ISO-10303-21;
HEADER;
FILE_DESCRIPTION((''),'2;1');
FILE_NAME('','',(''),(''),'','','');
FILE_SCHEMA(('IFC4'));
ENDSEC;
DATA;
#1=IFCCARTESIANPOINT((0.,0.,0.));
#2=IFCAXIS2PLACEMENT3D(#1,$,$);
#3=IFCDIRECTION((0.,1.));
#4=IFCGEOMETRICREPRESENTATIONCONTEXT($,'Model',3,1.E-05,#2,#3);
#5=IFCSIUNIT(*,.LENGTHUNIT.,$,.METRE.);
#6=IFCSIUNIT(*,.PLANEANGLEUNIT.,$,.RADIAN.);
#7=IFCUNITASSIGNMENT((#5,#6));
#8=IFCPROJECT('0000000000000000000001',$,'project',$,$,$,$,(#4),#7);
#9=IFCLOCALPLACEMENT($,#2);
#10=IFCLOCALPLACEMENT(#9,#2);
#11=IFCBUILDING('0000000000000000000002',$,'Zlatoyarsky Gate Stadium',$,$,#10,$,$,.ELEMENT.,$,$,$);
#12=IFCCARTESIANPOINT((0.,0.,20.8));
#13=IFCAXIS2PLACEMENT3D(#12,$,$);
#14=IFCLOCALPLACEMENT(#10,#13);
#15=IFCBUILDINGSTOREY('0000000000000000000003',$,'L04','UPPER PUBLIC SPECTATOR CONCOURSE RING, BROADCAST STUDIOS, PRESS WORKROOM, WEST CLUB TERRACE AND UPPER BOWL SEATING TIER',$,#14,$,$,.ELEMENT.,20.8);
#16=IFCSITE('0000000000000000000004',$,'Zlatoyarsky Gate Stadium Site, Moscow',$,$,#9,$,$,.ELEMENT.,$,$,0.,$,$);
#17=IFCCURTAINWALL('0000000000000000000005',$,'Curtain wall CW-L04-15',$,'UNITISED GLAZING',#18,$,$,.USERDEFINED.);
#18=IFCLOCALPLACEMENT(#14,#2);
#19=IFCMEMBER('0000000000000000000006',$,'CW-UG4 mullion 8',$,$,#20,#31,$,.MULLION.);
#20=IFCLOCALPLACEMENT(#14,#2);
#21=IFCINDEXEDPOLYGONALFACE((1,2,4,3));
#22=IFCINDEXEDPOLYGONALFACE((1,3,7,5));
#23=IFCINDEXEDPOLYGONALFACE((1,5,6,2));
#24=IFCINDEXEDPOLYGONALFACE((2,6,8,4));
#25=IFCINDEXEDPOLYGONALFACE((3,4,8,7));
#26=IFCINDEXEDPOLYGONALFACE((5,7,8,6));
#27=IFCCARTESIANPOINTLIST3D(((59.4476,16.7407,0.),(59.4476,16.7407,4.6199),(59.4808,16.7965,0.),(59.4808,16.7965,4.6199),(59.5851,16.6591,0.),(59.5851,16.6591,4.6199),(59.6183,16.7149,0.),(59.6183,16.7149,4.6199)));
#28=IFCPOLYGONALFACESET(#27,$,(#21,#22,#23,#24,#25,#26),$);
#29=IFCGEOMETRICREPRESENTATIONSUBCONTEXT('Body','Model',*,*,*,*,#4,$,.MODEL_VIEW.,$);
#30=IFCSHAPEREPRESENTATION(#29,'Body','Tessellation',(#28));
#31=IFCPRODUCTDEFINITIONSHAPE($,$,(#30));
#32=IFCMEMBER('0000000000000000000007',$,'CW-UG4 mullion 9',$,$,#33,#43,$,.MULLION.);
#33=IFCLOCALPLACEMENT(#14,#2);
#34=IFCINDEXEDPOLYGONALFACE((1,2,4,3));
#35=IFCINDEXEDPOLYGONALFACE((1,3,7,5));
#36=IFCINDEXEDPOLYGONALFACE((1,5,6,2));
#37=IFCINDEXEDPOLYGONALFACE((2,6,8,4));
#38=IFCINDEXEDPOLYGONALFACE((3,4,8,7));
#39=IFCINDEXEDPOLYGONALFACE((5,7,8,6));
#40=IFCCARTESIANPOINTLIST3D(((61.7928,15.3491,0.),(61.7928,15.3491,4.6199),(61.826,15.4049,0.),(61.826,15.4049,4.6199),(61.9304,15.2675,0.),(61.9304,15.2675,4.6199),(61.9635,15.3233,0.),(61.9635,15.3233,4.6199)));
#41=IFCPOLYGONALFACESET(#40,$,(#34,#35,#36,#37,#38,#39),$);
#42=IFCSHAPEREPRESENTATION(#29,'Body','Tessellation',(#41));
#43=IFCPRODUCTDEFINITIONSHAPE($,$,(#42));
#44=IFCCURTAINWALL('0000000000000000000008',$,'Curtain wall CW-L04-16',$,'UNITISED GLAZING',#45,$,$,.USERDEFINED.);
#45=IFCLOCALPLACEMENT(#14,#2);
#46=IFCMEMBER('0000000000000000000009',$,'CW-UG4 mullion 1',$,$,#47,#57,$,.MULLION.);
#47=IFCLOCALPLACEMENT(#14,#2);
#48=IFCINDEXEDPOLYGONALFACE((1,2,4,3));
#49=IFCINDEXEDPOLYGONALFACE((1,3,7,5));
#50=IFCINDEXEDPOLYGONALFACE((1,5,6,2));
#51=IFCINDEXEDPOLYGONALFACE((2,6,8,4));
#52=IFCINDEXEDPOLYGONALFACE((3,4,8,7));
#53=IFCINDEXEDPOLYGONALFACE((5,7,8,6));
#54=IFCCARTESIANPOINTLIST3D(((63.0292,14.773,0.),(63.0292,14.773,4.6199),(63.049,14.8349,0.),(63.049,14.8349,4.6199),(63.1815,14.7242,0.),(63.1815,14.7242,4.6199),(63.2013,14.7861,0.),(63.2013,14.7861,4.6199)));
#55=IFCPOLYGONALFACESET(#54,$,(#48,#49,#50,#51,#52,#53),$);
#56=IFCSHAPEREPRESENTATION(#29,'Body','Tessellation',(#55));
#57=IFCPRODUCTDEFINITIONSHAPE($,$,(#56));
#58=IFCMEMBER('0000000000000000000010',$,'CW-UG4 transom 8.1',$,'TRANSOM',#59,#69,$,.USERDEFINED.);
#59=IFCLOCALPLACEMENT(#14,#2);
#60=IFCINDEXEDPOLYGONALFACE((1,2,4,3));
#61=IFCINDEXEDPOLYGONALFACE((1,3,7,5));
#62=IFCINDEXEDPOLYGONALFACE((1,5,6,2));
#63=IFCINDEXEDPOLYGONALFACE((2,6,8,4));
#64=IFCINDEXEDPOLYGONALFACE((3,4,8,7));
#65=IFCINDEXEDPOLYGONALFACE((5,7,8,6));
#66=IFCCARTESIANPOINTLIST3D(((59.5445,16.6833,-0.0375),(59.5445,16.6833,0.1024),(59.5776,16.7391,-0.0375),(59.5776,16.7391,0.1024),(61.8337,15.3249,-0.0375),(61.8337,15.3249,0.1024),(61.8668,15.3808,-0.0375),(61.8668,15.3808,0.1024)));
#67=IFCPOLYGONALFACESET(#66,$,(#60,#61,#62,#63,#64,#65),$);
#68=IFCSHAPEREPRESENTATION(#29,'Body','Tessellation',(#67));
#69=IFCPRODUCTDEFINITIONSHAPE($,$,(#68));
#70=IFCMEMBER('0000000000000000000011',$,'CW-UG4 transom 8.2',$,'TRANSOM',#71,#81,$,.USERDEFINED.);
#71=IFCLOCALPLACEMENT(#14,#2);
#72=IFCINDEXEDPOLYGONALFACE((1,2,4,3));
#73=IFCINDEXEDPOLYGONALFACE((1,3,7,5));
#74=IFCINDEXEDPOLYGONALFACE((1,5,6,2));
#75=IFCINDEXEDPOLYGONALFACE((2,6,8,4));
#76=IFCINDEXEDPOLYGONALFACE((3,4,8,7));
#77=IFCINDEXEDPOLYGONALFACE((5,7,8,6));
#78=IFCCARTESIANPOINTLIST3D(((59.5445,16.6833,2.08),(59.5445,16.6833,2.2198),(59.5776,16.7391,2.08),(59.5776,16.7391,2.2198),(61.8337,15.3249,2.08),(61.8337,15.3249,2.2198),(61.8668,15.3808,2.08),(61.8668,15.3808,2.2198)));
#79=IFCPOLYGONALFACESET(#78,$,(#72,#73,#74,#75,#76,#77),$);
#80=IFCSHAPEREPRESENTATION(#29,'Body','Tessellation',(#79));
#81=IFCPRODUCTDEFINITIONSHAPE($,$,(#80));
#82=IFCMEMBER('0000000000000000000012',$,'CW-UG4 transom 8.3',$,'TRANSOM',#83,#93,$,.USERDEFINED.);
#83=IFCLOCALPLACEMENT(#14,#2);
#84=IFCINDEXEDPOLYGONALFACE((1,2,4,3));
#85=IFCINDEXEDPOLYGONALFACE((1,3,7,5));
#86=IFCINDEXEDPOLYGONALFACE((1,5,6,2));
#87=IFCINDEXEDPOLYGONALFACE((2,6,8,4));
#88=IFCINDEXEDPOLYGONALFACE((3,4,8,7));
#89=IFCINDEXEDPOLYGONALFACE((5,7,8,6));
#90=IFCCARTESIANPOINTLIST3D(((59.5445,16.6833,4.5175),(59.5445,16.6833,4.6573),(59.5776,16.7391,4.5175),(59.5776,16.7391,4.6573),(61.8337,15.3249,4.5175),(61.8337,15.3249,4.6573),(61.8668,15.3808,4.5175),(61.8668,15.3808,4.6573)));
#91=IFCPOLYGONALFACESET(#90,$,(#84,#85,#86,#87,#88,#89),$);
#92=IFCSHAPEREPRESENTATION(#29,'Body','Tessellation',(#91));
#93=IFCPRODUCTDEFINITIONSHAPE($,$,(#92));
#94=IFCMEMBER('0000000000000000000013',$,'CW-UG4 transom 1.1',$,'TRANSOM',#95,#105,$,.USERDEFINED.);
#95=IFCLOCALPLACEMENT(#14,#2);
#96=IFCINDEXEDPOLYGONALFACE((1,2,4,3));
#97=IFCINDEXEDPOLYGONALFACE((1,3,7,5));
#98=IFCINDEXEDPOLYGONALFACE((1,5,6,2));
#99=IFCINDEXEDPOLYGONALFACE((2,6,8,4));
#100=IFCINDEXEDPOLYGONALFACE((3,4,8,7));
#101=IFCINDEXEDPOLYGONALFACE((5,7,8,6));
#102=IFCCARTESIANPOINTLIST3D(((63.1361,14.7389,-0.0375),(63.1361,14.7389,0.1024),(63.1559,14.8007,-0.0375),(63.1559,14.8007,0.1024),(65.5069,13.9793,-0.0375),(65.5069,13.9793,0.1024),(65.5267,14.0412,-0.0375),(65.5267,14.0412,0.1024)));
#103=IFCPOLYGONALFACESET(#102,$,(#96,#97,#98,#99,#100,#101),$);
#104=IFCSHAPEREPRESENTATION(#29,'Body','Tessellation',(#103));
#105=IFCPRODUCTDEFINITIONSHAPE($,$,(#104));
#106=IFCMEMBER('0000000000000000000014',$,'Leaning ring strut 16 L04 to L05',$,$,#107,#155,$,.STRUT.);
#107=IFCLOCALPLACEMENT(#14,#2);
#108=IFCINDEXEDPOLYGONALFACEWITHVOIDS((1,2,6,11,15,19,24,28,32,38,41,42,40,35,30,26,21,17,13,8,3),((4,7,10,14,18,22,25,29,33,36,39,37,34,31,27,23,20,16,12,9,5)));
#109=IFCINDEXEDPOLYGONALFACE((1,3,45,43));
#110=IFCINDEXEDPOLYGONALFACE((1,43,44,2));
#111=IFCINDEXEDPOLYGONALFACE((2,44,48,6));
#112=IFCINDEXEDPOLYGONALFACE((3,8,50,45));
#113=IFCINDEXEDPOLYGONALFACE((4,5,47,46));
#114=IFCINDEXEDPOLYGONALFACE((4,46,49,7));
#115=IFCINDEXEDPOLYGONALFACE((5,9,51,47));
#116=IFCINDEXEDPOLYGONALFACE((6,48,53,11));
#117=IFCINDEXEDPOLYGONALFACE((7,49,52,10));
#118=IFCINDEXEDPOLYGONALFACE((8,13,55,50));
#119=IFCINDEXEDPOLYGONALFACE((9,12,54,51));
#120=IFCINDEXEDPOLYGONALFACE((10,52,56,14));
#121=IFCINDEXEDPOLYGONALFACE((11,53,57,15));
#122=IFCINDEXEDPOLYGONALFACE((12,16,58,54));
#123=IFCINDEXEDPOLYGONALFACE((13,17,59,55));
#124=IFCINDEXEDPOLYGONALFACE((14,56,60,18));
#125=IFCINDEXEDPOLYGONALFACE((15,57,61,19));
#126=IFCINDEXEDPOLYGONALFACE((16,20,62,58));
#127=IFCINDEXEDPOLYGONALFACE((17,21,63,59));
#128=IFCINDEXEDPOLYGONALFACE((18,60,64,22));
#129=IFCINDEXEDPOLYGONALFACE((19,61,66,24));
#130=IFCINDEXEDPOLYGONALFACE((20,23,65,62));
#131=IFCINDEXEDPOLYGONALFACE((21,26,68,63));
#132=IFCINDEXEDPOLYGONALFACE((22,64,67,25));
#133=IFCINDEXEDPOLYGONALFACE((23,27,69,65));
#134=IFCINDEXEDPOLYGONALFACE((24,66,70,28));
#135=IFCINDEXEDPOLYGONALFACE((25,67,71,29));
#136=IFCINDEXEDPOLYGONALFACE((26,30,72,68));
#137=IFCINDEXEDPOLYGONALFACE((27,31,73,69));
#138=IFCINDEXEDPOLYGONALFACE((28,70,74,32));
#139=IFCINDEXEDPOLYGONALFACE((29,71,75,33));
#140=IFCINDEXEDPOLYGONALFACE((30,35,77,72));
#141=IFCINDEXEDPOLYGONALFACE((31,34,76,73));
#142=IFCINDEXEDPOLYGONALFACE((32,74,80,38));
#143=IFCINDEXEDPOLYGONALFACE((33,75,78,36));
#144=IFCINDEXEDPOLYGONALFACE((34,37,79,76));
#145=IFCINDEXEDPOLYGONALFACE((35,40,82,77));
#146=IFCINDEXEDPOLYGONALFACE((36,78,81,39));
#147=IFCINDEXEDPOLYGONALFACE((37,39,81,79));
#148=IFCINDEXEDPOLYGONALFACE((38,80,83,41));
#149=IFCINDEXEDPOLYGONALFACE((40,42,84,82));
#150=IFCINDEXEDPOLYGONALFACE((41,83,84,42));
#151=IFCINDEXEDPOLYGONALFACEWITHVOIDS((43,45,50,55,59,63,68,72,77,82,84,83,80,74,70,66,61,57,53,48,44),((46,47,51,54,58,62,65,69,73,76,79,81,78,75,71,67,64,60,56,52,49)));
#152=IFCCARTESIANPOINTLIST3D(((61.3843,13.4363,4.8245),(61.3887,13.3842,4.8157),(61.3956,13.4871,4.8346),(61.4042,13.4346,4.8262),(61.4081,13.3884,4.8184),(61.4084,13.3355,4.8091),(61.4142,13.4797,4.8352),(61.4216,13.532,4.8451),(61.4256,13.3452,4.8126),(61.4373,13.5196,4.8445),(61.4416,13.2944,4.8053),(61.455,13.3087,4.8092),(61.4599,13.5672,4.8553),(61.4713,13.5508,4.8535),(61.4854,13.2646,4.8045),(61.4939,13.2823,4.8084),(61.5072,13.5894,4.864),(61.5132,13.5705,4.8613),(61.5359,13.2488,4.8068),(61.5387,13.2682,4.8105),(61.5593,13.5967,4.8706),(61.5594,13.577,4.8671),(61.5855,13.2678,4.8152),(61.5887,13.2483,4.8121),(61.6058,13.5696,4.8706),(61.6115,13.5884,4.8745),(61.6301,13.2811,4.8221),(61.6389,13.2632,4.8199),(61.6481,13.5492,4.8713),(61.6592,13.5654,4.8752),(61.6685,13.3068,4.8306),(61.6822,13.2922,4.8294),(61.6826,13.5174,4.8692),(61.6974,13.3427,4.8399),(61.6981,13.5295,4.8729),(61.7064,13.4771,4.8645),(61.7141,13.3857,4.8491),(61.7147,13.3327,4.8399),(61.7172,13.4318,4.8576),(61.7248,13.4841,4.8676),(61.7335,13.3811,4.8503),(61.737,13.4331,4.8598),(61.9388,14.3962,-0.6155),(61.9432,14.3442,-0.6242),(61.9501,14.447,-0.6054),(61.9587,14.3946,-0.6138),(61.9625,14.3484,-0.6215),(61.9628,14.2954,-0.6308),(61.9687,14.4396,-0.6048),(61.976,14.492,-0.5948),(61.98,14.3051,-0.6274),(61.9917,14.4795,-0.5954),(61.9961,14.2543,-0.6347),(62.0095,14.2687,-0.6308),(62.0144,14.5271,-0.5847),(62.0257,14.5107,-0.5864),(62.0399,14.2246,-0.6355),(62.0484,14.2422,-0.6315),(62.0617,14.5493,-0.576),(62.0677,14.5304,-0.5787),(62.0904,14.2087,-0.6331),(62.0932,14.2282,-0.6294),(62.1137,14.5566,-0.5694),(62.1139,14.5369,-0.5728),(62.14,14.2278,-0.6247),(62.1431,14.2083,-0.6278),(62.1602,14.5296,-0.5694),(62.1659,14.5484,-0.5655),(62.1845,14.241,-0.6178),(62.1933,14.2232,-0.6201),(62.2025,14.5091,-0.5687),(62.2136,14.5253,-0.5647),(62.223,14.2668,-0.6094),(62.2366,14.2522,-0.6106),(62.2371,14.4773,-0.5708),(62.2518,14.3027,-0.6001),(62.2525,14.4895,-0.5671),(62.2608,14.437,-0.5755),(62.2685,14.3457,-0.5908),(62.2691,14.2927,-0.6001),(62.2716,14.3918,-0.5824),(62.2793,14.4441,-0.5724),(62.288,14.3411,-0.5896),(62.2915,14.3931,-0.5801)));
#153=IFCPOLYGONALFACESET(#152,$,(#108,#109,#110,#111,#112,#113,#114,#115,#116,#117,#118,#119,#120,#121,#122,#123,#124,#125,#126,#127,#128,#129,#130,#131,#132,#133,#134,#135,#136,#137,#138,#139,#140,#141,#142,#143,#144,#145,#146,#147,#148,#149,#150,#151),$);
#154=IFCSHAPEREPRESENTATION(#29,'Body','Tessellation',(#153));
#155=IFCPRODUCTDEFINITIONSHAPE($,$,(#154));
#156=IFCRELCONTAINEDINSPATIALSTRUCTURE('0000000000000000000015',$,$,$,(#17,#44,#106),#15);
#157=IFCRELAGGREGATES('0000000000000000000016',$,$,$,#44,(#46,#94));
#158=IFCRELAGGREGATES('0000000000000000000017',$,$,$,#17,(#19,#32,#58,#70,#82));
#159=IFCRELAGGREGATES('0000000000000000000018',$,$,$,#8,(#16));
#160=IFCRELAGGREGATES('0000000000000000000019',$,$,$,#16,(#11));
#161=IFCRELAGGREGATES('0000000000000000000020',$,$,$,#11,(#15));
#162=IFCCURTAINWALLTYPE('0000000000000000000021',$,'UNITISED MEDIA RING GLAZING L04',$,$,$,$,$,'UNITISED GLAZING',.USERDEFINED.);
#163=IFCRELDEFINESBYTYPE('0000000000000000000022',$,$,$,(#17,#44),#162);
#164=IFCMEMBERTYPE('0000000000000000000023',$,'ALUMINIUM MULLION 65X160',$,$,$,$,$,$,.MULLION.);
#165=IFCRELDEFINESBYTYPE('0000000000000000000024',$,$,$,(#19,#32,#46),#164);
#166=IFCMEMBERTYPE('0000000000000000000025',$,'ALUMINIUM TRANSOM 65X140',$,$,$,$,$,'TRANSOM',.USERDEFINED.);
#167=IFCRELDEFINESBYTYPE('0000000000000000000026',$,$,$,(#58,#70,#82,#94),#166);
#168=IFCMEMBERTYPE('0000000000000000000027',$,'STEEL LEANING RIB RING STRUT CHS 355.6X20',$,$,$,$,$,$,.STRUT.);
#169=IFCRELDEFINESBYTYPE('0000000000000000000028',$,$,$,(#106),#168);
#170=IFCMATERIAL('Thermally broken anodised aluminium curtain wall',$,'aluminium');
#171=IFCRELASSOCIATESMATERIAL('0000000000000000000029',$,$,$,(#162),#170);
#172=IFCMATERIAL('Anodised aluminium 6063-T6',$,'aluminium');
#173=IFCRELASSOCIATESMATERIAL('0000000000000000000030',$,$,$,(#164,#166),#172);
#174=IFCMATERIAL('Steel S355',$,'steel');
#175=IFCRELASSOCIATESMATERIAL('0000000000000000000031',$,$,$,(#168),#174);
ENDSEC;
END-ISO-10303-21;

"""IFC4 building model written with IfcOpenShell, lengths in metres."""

from ifc_helpers import new_model, si_unit, direction, frame, origin, origin_2d, place, context, subcontext, project, spatial, rectangle, hollow_circle, extrude, material, material_profile, profile_set, type_object, element, aggregate, save


model = new_model("IFC4")

# Units and contexts
model_context = context("Model", 3, precision=1e-05, world=origin(), true_north=direction((0.0, 1.0)))
body_context = subcontext(model_context, "Body", "Model", "MODEL_VIEW")
ifc_project = project(units=[si_unit("LENGTHUNIT", "METRE"), si_unit("PLANEANGLEUNIT", "RADIAN")], contexts=[model_context])

# Site, building, storey
site_placement = place(None, origin())
site = spatial("IfcSite", under=ifc_project, at=site_placement, Name="Zlatoyarsky Gate Stadium Site, Moscow", CompositionType="ELEMENT", RefElevation=0.0)
building_placement = place(site_placement, origin())
building = spatial("IfcBuilding", under=site, at=building_placement, Name="Zlatoyarsky Gate Stadium", CompositionType="ELEMENT")
storey_placement = place(building_placement, frame((0.0, 0.0, 20.8)))
storey = spatial("IfcBuildingStorey", under=building, at=storey_placement, Name="L04", Description="UPPER PUBLIC SPECTATOR CONCOURSE RING, BROADCAST STUDIOS, PRESS WORKROOM, WEST CLUB TERRACE AND UPPER BOWL SEATING TIER", CompositionType="ELEMENT", Elevation=20.8)

# Curtain wall, members
ifc_material_1 = material(Name="Thermally broken anodised aluminium curtain wall", Category="aluminium")
curtain_wall_type = type_object("IfcCurtainWallType", Name="UNITISED MEDIA RING GLAZING L04", ElementType="UNITISED GLAZING", PredefinedType="USERDEFINED", material=ifc_material_1)
curtain_wall_1_placement = place(storey_placement, origin())
curtain_wall_1 = element("IfcCurtainWall", 1, at=curtain_wall_1_placement, inside=storey, type_object=curtain_wall_type, Name="Curtain wall CW-L04-15", ObjectType="UNITISED GLAZING", PredefinedType="USERDEFINED")
ifc_material_2 = material(Name="Anodised aluminium 6063-T6", Category="aluminium")
ifc_material_profile_1 = material_profile(ifc_material_2, rectangle(XDim=0.0649, YDim=0.1599, at=origin_2d()), Name="ALU 65X160")
ifc_profile_set_1 = profile_set([ifc_material_profile_1], Name="Anodised aluminium 6063-T6")
member_type_1 = type_object("IfcMemberType", Name="ALUMINIUM MULLION 65X160", PredefinedType="MULLION", material=ifc_profile_set_1)
member_1_placement = place(storey_placement, frame((59.533, 16.7278, 0.0), z_axis=(0.0, 0.0, 1.0), x_axis=(0.51033, 0.859978, 0.0)))
member_1 = element("IfcMember", 2, at=member_1_placement, type_object=member_type_1, Name="CW-UG4 mullion 8", PredefinedType="MULLION", context=body_context, shape_type="SweptSolid", body=[
    extrude(rectangle(XDim=0.0649, YDim=0.1599, at=origin_2d()), origin(), (0.0, 0.0, 1.0), 4.6199),
])
member_2_placement = place(storey_placement, frame((61.8782, 15.3362, 0.0), z_axis=(0.0, 0.0, 1.0), x_axis=(0.51033, 0.859978, 0.0)))
member_2 = element("IfcMember", 3, at=member_2_placement, type_object=member_type_1, Name="CW-UG4 mullion 9", PredefinedType="MULLION", context=body_context, shape_type="SweptSolid", body=[
    extrude(rectangle(XDim=0.0649, YDim=0.1599, at=origin_2d()), origin(), (0.0, 0.0, 1.0), 4.6199),
])

# Curtain wall, member
curtain_wall_2_placement = place(storey_placement, origin())
curtain_wall_2 = element("IfcCurtainWall", 4, at=curtain_wall_2_placement, inside=storey, type_object=curtain_wall_type, Name="Curtain wall CW-L04-16", ObjectType="UNITISED GLAZING", PredefinedType="USERDEFINED")
member_3_placement = place(storey_placement, frame((63.1152, 14.7795, 0.0), z_axis=(0.0, 0.0, 1.0), x_axis=(0.305066, 0.952331, 0.0)))
member_3 = element("IfcMember", 5, at=member_3_placement, type_object=member_type_1, Name="CW-UG4 mullion 1", PredefinedType="MULLION", context=body_context, shape_type="SweptSolid", body=[
    extrude(rectangle(XDim=0.0649, YDim=0.1599, at=origin_2d()), origin(), (0.0, 0.0, 1.0), 4.6199),
])

# Members
ifc_material_profile_2 = material_profile(ifc_material_2, rectangle(XDim=0.0649, YDim=0.1399, at=origin_2d()), Name="ALU 65X140")
ifc_profile_set_2 = profile_set([ifc_material_profile_2], Name="Anodised aluminium 6063-T6")
member_type_2 = type_object("IfcMemberType", Name="ALUMINIUM TRANSOM 65X140", ElementType="TRANSOM", PredefinedType="USERDEFINED", material=ifc_profile_set_2)
member_4_placement = place(storey_placement, frame((59.561, 16.7112, 0.0325), z_axis=(0.859999, -0.510295, 0.0), x_axis=(0.510295, 0.859999, 0.0)))
member_4 = element("IfcMember", 6, at=member_4_placement, type_object=member_type_2, Name="CW-UG4 transom 8.1", ObjectType="TRANSOM", PredefinedType="USERDEFINED", context=body_context, shape_type="SweptSolid", body=[
    extrude(rectangle(XDim=0.0649, YDim=0.1399, at=origin_2d()), origin(), (0.0, 0.0, 1.0), 2.6619),
])
member_5_placement = place(storey_placement, frame((59.561, 16.7112, 2.1499), z_axis=(0.859999, -0.510295, 0.0), x_axis=(0.510295, 0.859999, 0.0)))
member_5 = element("IfcMember", 7, at=member_5_placement, type_object=member_type_2, Name="CW-UG4 transom 8.2", ObjectType="TRANSOM", PredefinedType="USERDEFINED", context=body_context, shape_type="SweptSolid", body=[
    extrude(rectangle(XDim=0.0649, YDim=0.1399, at=origin_2d()), origin(), (0.0, 0.0, 1.0), 2.6619),
])
member_6_placement = place(storey_placement, frame((59.561, 16.7112, 4.5874), z_axis=(0.859999, -0.510295, 0.0), x_axis=(0.510295, 0.859999, 0.0)))
member_6 = element("IfcMember", 8, at=member_6_placement, type_object=member_type_2, Name="CW-UG4 transom 8.3", ObjectType="TRANSOM", PredefinedType="USERDEFINED", context=body_context, shape_type="SweptSolid", body=[
    extrude(rectangle(XDim=0.0649, YDim=0.1399, at=origin_2d()), origin(), (0.0, 0.0, 1.0), 2.6619),
])
member_7_placement = place(storey_placement, frame((63.146, 14.7698, 0.0325), z_axis=(0.952325, -0.305085, 0.0), x_axis=(0.305085, 0.952325, 0.0)))
member_7 = element("IfcMember", 9, at=member_7_placement, type_object=member_type_2, Name="CW-UG4 transom 1.1", ObjectType="TRANSOM", PredefinedType="USERDEFINED", context=body_context, shape_type="SweptSolid", body=[
    extrude(rectangle(XDim=0.0649, YDim=0.1399, at=origin_2d()), origin(), (0.0, 0.0, 1.0), 2.4895),
])
aggregate(curtain_wall_2, [member_3, member_7])

# Member
ifc_material_3 = material(Name="Steel S355", Category="steel")
ifc_material_profile_3 = material_profile(ifc_material_3, hollow_circle(Radius=0.1777, WallThickness=0.02, at=origin_2d()), Name="CHS 355.6X20")
ifc_profile_set_3 = profile_set([ifc_material_profile_3], Name="Steel S355")
member_type_3 = type_object("IfcMemberType", Name="STEEL LEANING RIB RING STRUT CHS 355.6X20", PredefinedType="STRUT", material=ifc_profile_set_3)
member_8_placement = place(storey_placement, frame((62.1152, 14.3816, -0.6001), z_axis=(-0.099868, -0.172912, 0.979861), x_axis=(0.865944, -0.500142, 0.0)))
element("IfcMember", 10, at=member_8_placement, inside=storey, type_object=member_type_3, Name="Leaning ring strut 16 L04 to L05", PredefinedType="STRUT", context=body_context, shape_type="SweptSolid", body=[
    extrude(hollow_circle(Radius=0.1777, WallThickness=0.02, at=origin_2d()), origin(), (0.0, 0.0, 1.0), 5.5518),
])

aggregate(curtain_wall_1, [member_1, member_2, member_4, member_5, member_6])

save(model, "model.ifc")
